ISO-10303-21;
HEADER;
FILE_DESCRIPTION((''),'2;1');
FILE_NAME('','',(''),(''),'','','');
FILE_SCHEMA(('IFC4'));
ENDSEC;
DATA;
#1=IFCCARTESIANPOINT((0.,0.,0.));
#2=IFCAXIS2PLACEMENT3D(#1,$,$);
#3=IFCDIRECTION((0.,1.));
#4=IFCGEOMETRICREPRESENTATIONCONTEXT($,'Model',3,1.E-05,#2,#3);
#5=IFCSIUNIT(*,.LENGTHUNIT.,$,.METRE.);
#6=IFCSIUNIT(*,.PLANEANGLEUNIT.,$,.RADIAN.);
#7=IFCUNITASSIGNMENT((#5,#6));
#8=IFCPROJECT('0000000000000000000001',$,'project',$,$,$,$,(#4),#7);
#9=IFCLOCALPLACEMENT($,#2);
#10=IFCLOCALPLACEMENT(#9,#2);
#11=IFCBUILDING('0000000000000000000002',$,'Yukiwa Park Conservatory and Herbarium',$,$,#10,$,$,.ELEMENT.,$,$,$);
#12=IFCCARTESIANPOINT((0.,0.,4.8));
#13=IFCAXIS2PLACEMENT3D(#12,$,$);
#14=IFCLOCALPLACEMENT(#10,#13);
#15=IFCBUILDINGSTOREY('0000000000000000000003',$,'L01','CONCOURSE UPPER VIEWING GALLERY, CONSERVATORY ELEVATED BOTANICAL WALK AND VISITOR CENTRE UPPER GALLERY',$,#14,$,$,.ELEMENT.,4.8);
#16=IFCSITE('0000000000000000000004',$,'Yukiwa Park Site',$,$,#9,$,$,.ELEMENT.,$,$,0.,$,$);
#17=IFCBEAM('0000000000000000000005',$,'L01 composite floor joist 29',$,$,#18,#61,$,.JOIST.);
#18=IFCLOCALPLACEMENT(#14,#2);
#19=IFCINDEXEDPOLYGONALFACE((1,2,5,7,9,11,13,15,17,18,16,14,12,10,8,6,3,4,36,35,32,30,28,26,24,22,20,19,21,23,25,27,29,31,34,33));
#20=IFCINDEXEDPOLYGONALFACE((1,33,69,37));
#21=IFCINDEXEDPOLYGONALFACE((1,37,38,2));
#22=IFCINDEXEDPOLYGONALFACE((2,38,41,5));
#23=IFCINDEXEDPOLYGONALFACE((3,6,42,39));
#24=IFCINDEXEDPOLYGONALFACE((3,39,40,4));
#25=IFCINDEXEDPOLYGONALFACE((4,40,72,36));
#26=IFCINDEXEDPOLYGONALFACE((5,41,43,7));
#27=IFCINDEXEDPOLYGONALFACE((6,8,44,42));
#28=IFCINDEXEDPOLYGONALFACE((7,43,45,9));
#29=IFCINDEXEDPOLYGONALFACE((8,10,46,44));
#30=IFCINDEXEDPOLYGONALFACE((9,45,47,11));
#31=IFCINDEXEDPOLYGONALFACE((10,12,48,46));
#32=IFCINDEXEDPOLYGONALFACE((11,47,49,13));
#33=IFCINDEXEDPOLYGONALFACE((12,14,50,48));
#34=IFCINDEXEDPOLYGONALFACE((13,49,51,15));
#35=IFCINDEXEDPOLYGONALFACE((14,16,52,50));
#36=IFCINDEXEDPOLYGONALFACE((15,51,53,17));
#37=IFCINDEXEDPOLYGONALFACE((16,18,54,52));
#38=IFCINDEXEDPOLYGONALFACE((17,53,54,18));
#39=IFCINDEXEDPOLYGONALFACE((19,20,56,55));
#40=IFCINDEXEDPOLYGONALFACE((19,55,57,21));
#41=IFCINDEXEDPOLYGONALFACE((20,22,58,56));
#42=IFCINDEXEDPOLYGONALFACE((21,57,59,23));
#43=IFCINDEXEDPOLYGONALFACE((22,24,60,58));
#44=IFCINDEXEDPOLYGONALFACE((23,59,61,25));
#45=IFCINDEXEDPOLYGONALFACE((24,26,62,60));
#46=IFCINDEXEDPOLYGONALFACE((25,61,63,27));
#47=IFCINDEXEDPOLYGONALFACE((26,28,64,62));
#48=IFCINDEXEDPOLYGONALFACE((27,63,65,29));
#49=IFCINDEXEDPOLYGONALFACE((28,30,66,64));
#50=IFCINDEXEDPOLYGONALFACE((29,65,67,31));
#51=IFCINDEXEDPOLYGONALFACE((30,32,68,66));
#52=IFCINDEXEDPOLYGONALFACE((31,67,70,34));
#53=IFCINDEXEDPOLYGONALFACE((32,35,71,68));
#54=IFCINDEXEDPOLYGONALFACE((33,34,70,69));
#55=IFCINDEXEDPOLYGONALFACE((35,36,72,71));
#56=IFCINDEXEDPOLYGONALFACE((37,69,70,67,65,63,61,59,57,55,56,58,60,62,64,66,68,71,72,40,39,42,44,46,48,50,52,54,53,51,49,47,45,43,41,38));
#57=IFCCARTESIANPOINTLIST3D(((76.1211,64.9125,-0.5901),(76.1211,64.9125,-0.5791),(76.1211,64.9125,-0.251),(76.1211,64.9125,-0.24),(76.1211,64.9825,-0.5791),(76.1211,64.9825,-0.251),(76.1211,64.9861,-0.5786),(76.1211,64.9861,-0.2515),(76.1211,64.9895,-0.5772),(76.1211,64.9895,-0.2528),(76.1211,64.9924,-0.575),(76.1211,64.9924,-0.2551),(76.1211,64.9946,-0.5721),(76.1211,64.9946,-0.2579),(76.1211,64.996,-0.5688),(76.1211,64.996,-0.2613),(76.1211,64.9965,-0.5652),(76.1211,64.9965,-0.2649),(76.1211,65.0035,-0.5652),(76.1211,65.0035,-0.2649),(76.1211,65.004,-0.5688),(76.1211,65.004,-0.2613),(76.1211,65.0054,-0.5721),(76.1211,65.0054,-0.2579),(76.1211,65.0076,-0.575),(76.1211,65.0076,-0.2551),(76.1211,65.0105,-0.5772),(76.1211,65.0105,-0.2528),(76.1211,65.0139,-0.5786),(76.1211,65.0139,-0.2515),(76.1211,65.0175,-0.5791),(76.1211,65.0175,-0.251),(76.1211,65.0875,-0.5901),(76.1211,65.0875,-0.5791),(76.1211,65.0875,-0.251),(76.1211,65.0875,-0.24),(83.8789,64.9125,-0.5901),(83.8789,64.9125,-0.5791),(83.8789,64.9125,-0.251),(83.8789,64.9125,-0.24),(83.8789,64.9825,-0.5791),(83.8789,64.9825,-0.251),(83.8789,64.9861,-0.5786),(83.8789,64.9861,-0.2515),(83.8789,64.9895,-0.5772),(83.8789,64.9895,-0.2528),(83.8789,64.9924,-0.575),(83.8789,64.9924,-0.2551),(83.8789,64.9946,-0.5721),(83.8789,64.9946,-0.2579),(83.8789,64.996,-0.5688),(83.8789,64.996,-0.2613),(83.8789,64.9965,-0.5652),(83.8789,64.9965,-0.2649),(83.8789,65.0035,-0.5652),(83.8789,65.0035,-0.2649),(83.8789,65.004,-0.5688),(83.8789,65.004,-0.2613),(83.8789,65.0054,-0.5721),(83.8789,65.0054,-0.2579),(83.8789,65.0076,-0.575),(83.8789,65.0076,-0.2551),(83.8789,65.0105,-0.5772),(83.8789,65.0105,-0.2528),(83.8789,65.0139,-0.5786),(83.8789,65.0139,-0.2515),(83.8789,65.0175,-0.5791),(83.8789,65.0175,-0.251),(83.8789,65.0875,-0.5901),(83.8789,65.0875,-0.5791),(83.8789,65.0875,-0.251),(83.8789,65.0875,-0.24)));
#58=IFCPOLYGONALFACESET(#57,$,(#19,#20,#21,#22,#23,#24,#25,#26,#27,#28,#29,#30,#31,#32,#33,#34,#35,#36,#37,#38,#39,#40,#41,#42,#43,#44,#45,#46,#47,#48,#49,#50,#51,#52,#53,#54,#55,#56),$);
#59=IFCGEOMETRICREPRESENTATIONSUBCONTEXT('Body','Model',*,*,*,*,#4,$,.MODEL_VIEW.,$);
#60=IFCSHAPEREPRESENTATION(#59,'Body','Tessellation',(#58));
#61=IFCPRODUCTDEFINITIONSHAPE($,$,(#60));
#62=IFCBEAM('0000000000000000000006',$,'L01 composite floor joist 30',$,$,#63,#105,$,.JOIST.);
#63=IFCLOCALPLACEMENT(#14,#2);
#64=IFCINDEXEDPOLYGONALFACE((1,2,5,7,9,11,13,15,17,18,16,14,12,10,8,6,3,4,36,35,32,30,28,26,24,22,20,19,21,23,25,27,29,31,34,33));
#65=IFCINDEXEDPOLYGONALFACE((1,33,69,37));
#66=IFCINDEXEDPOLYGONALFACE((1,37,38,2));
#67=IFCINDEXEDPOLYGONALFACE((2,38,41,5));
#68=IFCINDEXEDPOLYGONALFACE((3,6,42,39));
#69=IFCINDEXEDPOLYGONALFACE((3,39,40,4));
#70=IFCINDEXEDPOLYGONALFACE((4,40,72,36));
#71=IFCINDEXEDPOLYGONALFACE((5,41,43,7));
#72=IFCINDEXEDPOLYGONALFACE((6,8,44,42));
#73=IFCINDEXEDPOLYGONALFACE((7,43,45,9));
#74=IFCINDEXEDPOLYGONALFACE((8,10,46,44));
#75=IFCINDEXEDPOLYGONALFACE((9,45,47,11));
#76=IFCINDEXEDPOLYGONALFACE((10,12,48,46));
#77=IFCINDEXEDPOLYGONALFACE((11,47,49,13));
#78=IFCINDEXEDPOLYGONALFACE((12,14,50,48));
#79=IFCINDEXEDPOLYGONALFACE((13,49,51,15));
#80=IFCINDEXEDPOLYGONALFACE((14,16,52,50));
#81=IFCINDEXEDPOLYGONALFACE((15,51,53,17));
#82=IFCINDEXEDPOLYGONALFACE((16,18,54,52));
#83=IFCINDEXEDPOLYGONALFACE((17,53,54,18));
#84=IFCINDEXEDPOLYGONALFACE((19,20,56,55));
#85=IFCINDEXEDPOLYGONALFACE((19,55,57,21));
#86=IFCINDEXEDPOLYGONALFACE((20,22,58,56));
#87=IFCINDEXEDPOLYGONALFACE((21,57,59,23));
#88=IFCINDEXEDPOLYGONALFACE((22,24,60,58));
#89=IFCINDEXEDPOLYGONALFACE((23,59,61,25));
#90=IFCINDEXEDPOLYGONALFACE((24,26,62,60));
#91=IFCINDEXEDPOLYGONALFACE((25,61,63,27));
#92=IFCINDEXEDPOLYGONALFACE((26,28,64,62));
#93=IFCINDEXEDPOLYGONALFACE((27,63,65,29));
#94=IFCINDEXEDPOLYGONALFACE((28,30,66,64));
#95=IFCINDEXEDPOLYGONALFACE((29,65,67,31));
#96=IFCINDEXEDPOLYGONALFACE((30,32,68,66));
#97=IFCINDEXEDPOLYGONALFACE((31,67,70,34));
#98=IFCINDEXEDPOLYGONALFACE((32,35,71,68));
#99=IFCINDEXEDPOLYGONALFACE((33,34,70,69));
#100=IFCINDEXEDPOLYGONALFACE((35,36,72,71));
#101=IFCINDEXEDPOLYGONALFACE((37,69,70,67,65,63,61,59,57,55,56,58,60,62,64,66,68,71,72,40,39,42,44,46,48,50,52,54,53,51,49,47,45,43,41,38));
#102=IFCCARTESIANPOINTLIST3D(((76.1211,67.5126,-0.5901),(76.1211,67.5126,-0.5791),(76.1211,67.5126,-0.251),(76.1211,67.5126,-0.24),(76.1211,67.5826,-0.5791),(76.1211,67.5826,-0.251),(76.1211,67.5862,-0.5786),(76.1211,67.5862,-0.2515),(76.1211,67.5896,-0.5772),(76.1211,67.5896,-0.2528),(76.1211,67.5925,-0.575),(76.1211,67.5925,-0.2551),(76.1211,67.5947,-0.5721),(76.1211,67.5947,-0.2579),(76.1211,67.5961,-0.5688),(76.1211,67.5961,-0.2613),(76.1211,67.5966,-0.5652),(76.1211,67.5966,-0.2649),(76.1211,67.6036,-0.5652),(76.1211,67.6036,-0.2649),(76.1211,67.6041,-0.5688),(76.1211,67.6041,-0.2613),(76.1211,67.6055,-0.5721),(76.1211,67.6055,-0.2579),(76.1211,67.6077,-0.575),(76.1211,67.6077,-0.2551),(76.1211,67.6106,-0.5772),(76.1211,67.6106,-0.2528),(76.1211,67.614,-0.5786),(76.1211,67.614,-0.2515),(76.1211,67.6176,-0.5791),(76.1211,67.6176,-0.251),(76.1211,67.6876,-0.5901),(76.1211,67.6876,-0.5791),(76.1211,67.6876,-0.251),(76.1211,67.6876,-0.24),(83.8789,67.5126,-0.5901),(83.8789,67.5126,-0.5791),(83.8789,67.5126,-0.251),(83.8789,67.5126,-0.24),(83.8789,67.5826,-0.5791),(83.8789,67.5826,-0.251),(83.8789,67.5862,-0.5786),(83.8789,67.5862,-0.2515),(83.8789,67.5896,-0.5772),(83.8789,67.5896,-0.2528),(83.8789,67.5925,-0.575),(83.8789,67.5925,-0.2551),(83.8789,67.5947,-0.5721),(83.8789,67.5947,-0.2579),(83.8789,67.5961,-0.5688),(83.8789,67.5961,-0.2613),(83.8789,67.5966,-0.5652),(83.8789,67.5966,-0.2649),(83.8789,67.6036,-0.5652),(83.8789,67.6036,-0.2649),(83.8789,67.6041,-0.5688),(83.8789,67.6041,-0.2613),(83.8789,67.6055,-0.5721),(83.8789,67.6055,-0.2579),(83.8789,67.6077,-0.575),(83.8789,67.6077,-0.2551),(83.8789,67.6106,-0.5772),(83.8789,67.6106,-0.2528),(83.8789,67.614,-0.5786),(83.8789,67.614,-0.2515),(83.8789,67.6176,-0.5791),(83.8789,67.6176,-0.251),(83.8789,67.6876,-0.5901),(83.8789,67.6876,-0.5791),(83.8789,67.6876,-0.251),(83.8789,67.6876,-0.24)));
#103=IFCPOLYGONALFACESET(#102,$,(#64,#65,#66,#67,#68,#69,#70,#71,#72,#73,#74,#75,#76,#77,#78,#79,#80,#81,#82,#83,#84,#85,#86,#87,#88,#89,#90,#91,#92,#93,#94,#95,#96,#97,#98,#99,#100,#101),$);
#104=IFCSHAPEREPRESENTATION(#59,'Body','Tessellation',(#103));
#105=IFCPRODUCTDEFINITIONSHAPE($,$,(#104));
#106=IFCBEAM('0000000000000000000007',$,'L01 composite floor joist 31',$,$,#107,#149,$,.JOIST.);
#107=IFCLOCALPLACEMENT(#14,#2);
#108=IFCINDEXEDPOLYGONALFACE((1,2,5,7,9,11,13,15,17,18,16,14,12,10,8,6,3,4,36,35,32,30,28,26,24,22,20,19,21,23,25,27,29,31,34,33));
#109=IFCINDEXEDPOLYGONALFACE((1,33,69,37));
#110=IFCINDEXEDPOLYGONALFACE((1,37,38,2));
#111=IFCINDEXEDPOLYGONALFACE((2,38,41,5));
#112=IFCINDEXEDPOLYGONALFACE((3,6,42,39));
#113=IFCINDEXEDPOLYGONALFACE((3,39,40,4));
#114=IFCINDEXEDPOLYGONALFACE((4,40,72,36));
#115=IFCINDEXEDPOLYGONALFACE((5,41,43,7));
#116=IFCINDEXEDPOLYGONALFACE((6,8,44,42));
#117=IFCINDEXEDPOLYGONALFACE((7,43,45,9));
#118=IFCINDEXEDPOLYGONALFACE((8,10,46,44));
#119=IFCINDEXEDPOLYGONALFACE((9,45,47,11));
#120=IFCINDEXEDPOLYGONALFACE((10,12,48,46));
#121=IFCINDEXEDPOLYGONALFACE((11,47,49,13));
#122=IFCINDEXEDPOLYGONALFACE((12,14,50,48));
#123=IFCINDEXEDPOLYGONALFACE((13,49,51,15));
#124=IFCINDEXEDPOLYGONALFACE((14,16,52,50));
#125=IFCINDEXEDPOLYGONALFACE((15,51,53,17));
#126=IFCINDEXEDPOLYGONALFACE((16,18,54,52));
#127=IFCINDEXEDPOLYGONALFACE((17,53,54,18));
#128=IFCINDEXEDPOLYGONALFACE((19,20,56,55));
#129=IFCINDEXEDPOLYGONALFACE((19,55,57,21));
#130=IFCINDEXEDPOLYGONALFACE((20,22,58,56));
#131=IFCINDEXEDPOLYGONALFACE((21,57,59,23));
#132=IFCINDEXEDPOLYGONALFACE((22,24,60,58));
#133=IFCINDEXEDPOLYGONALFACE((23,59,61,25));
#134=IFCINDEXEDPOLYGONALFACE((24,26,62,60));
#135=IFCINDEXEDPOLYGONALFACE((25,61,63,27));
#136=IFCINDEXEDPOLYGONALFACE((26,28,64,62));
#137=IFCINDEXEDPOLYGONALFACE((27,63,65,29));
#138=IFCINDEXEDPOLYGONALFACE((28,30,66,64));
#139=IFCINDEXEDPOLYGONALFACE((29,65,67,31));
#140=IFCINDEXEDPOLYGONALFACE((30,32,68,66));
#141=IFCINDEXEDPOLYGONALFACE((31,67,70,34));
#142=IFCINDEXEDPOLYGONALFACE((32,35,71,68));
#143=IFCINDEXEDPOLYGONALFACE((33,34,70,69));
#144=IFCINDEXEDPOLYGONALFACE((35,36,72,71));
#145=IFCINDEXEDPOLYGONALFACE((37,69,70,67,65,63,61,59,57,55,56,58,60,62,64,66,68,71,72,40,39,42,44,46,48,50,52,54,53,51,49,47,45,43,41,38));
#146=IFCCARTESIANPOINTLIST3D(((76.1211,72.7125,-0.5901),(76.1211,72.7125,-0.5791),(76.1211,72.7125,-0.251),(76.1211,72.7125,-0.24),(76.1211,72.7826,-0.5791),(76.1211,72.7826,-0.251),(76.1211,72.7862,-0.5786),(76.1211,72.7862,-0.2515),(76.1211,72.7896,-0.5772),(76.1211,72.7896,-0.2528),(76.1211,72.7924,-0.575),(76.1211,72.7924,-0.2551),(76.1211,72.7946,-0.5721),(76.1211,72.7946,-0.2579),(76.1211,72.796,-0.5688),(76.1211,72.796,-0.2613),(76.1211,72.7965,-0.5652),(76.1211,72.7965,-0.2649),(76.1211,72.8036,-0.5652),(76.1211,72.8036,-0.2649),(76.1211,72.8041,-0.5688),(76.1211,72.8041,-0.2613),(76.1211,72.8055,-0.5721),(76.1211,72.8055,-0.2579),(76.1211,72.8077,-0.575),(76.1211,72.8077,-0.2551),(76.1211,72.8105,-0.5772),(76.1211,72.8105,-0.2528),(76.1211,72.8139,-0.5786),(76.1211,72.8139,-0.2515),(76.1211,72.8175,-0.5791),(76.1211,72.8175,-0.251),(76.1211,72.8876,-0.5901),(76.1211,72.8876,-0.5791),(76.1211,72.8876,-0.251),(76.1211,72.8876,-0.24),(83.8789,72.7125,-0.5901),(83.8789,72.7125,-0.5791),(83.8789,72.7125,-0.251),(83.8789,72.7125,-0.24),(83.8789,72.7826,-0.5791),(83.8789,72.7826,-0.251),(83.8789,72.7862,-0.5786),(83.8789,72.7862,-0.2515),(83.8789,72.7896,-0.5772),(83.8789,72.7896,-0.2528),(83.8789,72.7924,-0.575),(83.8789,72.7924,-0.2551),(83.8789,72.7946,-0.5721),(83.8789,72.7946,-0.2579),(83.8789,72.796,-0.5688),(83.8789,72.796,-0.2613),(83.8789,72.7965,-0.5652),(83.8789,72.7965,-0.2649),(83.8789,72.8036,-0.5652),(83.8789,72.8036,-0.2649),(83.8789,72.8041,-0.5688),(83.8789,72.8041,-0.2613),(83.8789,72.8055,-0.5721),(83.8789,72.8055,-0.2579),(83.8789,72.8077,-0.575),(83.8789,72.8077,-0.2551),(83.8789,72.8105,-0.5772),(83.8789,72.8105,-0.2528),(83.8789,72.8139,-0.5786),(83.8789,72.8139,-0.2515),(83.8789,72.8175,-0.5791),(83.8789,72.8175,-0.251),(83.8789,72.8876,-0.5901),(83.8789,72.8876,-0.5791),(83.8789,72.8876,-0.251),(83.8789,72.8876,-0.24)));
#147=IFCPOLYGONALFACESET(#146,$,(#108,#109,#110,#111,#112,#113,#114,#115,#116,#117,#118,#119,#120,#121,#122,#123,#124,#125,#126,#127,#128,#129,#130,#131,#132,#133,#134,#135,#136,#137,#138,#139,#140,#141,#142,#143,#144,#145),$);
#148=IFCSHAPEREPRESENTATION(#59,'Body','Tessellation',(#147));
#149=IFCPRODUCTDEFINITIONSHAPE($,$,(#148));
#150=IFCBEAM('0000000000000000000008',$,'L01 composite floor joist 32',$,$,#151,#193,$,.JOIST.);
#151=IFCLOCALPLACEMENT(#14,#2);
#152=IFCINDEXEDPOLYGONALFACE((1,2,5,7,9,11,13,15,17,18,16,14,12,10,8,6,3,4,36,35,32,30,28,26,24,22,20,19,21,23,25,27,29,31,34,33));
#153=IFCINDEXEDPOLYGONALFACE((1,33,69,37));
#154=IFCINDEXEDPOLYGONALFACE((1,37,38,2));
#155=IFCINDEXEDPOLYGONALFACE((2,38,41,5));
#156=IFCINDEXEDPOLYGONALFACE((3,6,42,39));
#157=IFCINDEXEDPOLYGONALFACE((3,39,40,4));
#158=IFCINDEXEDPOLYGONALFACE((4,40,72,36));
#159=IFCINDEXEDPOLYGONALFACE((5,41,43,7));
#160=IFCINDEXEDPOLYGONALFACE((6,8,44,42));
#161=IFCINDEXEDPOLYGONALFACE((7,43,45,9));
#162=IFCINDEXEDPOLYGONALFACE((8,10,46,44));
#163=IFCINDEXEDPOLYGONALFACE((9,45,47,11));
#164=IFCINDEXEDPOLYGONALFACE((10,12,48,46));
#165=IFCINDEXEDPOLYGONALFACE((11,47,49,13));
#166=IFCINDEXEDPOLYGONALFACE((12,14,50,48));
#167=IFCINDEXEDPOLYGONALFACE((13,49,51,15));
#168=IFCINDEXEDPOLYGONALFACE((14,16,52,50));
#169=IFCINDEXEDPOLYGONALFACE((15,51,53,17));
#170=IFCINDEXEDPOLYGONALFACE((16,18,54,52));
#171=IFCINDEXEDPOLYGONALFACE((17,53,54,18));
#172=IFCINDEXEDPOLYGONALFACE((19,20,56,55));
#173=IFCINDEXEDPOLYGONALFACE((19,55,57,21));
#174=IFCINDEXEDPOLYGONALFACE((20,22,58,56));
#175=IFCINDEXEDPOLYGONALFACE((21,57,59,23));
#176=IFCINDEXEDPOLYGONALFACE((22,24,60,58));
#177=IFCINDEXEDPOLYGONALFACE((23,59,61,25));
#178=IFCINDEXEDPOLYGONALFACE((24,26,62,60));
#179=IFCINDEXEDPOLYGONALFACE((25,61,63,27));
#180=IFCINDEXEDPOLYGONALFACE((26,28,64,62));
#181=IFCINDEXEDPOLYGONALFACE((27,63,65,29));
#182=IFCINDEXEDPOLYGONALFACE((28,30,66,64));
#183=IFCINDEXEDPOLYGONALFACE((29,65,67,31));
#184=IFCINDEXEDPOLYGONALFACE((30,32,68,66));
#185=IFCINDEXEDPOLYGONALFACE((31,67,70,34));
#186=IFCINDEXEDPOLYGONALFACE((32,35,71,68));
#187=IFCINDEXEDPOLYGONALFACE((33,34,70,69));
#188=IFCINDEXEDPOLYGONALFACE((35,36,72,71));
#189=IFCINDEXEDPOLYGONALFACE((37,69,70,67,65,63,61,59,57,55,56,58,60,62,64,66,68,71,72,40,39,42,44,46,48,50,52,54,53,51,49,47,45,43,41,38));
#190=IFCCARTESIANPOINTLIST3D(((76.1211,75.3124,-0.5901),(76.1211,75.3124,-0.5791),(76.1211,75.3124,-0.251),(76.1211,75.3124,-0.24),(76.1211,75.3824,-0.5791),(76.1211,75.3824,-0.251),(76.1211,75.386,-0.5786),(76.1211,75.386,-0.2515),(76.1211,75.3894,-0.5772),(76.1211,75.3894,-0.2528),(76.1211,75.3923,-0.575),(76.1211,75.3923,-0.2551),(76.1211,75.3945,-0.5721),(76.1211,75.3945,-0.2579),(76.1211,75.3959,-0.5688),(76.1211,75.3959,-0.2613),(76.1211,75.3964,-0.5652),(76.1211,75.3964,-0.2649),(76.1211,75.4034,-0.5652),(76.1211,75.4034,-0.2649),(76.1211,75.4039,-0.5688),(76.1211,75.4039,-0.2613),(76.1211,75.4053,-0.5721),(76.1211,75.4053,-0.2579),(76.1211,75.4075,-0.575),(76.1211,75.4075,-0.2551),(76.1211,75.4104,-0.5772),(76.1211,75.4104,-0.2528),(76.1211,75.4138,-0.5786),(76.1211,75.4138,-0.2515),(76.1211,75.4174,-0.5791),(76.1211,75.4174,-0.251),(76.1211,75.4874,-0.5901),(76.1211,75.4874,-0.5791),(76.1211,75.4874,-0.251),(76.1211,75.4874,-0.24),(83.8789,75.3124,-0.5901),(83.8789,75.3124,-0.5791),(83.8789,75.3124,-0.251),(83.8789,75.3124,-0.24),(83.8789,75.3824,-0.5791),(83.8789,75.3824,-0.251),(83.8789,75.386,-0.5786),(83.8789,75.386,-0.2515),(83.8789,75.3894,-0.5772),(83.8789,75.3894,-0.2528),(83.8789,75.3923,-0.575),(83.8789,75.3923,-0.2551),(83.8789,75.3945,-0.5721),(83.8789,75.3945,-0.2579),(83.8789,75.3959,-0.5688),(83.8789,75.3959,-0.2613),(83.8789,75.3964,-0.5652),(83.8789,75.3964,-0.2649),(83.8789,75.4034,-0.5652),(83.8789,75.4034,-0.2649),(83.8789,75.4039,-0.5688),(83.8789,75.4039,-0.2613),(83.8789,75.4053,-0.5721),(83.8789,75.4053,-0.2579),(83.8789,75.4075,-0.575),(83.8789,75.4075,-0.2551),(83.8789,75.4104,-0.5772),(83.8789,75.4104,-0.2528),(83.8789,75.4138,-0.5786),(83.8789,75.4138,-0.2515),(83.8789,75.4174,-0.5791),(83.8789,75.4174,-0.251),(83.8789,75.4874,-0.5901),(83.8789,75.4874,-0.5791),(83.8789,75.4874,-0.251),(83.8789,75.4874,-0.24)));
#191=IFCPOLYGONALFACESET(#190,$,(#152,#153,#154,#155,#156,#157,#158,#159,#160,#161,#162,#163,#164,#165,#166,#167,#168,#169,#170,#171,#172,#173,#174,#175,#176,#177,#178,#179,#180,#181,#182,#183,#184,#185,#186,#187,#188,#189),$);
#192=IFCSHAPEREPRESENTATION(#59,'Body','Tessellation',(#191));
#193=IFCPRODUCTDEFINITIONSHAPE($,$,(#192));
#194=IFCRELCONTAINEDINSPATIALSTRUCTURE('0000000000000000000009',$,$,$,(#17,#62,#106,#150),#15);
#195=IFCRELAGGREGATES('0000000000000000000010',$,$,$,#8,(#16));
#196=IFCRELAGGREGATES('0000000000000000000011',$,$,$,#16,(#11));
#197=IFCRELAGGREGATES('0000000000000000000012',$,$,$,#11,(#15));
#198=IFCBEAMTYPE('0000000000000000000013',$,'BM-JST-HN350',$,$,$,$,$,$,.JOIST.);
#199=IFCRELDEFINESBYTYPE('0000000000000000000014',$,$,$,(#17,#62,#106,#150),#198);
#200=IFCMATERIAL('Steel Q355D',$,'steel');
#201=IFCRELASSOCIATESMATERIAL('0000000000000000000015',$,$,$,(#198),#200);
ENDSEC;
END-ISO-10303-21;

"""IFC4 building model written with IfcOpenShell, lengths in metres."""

from ifc_helpers import new_model, si_unit, direction, frame, origin, origin_2d, place, context, subcontext, project, spatial, i_section, extrude, material, material_profile, profile_set, type_object, element, save


model = new_model("IFC4")

# Units and contexts
model_context = context("Model", 3, precision=1e-05, world=origin(), true_north=direction((0.0, 1.0)))
body_context = subcontext(model_context, "Body", "Model", "MODEL_VIEW")
ifc_project = project(units=[si_unit("LENGTHUNIT", "METRE"), si_unit("PLANEANGLEUNIT", "RADIAN")], contexts=[model_context])

# Site, building, storey
site_placement = place(None, origin())
site = spatial("IfcSite", under=ifc_project, at=site_placement, Name="Yukiwa Park Site", CompositionType="ELEMENT", RefElevation=0.0)
building_placement = place(site_placement, origin())
building = spatial("IfcBuilding", under=site, at=building_placement, Name="Yukiwa Park Conservatory and Herbarium", CompositionType="ELEMENT")
storey_placement = place(building_placement, frame((0.0, 0.0, 4.8)))
storey = spatial("IfcBuildingStorey", under=building, at=storey_placement, Name="L01", Description="CONCOURSE UPPER VIEWING GALLERY, CONSERVATORY ELEVATED BOTANICAL WALK AND VISITOR CENTRE UPPER GALLERY", CompositionType="ELEMENT", Elevation=4.8)

# Beams
ifc_material_1 = material(Name="Steel Q355D", Category="steel")
ifc_material_profile_1 = material_profile(ifc_material_1, i_section(OverallWidth=0.175, OverallDepth=0.3501, WebThickness=0.0071, FlangeThickness=0.011, FilletRadius=0.0139, at=origin_2d()), Name="HN 350x175x7x11")
ifc_profile_set_1 = profile_set([ifc_material_profile_1], Name="Steel Q355D")
beam_type_1 = type_object("IfcBeamType", Name="BM-JST-HN350", PredefinedType="JOIST", material=ifc_profile_set_1)
for number, where, z_axis, x_axis, name in (
    (1, (76.1211, 65.0, -0.415), (1.0, 0.0, 0.0), (0.0, 1.0, 0.0), "L01 composite floor joist 29"),
    (2, (76.1211, 67.6001, -0.415), (1.0, 0.0, 0.0), (0.0, 1.0, 0.0), "L01 composite floor joist 30"),
    (3, (76.1211, 72.8, -0.415), (1.0, 0.0, 0.0), (0.0, 1.0, 0.0), "L01 composite floor joist 31"),
    (4, (76.1211, 75.3999, -0.415), (1.0, 0.0, 0.0), (0.0, 1.0, 0.0), "L01 composite floor joist 32"),
):
    element("IfcBeam", number, at=place(storey_placement, frame(where, z_axis=z_axis, x_axis=x_axis)), inside=storey, type_object=beam_type_1, Name=name, PredefinedType="JOIST", context=body_context, shape_type="SweptSolid", body=[
        extrude(i_section(OverallWidth=0.175, OverallDepth=0.3501, WebThickness=0.0071, FlangeThickness=0.011, FilletRadius=0.0139, at=origin_2d()), origin(), (0.0, 0.0, 1.0), 7.7578),
    ])

save(model, "model.ifc")
